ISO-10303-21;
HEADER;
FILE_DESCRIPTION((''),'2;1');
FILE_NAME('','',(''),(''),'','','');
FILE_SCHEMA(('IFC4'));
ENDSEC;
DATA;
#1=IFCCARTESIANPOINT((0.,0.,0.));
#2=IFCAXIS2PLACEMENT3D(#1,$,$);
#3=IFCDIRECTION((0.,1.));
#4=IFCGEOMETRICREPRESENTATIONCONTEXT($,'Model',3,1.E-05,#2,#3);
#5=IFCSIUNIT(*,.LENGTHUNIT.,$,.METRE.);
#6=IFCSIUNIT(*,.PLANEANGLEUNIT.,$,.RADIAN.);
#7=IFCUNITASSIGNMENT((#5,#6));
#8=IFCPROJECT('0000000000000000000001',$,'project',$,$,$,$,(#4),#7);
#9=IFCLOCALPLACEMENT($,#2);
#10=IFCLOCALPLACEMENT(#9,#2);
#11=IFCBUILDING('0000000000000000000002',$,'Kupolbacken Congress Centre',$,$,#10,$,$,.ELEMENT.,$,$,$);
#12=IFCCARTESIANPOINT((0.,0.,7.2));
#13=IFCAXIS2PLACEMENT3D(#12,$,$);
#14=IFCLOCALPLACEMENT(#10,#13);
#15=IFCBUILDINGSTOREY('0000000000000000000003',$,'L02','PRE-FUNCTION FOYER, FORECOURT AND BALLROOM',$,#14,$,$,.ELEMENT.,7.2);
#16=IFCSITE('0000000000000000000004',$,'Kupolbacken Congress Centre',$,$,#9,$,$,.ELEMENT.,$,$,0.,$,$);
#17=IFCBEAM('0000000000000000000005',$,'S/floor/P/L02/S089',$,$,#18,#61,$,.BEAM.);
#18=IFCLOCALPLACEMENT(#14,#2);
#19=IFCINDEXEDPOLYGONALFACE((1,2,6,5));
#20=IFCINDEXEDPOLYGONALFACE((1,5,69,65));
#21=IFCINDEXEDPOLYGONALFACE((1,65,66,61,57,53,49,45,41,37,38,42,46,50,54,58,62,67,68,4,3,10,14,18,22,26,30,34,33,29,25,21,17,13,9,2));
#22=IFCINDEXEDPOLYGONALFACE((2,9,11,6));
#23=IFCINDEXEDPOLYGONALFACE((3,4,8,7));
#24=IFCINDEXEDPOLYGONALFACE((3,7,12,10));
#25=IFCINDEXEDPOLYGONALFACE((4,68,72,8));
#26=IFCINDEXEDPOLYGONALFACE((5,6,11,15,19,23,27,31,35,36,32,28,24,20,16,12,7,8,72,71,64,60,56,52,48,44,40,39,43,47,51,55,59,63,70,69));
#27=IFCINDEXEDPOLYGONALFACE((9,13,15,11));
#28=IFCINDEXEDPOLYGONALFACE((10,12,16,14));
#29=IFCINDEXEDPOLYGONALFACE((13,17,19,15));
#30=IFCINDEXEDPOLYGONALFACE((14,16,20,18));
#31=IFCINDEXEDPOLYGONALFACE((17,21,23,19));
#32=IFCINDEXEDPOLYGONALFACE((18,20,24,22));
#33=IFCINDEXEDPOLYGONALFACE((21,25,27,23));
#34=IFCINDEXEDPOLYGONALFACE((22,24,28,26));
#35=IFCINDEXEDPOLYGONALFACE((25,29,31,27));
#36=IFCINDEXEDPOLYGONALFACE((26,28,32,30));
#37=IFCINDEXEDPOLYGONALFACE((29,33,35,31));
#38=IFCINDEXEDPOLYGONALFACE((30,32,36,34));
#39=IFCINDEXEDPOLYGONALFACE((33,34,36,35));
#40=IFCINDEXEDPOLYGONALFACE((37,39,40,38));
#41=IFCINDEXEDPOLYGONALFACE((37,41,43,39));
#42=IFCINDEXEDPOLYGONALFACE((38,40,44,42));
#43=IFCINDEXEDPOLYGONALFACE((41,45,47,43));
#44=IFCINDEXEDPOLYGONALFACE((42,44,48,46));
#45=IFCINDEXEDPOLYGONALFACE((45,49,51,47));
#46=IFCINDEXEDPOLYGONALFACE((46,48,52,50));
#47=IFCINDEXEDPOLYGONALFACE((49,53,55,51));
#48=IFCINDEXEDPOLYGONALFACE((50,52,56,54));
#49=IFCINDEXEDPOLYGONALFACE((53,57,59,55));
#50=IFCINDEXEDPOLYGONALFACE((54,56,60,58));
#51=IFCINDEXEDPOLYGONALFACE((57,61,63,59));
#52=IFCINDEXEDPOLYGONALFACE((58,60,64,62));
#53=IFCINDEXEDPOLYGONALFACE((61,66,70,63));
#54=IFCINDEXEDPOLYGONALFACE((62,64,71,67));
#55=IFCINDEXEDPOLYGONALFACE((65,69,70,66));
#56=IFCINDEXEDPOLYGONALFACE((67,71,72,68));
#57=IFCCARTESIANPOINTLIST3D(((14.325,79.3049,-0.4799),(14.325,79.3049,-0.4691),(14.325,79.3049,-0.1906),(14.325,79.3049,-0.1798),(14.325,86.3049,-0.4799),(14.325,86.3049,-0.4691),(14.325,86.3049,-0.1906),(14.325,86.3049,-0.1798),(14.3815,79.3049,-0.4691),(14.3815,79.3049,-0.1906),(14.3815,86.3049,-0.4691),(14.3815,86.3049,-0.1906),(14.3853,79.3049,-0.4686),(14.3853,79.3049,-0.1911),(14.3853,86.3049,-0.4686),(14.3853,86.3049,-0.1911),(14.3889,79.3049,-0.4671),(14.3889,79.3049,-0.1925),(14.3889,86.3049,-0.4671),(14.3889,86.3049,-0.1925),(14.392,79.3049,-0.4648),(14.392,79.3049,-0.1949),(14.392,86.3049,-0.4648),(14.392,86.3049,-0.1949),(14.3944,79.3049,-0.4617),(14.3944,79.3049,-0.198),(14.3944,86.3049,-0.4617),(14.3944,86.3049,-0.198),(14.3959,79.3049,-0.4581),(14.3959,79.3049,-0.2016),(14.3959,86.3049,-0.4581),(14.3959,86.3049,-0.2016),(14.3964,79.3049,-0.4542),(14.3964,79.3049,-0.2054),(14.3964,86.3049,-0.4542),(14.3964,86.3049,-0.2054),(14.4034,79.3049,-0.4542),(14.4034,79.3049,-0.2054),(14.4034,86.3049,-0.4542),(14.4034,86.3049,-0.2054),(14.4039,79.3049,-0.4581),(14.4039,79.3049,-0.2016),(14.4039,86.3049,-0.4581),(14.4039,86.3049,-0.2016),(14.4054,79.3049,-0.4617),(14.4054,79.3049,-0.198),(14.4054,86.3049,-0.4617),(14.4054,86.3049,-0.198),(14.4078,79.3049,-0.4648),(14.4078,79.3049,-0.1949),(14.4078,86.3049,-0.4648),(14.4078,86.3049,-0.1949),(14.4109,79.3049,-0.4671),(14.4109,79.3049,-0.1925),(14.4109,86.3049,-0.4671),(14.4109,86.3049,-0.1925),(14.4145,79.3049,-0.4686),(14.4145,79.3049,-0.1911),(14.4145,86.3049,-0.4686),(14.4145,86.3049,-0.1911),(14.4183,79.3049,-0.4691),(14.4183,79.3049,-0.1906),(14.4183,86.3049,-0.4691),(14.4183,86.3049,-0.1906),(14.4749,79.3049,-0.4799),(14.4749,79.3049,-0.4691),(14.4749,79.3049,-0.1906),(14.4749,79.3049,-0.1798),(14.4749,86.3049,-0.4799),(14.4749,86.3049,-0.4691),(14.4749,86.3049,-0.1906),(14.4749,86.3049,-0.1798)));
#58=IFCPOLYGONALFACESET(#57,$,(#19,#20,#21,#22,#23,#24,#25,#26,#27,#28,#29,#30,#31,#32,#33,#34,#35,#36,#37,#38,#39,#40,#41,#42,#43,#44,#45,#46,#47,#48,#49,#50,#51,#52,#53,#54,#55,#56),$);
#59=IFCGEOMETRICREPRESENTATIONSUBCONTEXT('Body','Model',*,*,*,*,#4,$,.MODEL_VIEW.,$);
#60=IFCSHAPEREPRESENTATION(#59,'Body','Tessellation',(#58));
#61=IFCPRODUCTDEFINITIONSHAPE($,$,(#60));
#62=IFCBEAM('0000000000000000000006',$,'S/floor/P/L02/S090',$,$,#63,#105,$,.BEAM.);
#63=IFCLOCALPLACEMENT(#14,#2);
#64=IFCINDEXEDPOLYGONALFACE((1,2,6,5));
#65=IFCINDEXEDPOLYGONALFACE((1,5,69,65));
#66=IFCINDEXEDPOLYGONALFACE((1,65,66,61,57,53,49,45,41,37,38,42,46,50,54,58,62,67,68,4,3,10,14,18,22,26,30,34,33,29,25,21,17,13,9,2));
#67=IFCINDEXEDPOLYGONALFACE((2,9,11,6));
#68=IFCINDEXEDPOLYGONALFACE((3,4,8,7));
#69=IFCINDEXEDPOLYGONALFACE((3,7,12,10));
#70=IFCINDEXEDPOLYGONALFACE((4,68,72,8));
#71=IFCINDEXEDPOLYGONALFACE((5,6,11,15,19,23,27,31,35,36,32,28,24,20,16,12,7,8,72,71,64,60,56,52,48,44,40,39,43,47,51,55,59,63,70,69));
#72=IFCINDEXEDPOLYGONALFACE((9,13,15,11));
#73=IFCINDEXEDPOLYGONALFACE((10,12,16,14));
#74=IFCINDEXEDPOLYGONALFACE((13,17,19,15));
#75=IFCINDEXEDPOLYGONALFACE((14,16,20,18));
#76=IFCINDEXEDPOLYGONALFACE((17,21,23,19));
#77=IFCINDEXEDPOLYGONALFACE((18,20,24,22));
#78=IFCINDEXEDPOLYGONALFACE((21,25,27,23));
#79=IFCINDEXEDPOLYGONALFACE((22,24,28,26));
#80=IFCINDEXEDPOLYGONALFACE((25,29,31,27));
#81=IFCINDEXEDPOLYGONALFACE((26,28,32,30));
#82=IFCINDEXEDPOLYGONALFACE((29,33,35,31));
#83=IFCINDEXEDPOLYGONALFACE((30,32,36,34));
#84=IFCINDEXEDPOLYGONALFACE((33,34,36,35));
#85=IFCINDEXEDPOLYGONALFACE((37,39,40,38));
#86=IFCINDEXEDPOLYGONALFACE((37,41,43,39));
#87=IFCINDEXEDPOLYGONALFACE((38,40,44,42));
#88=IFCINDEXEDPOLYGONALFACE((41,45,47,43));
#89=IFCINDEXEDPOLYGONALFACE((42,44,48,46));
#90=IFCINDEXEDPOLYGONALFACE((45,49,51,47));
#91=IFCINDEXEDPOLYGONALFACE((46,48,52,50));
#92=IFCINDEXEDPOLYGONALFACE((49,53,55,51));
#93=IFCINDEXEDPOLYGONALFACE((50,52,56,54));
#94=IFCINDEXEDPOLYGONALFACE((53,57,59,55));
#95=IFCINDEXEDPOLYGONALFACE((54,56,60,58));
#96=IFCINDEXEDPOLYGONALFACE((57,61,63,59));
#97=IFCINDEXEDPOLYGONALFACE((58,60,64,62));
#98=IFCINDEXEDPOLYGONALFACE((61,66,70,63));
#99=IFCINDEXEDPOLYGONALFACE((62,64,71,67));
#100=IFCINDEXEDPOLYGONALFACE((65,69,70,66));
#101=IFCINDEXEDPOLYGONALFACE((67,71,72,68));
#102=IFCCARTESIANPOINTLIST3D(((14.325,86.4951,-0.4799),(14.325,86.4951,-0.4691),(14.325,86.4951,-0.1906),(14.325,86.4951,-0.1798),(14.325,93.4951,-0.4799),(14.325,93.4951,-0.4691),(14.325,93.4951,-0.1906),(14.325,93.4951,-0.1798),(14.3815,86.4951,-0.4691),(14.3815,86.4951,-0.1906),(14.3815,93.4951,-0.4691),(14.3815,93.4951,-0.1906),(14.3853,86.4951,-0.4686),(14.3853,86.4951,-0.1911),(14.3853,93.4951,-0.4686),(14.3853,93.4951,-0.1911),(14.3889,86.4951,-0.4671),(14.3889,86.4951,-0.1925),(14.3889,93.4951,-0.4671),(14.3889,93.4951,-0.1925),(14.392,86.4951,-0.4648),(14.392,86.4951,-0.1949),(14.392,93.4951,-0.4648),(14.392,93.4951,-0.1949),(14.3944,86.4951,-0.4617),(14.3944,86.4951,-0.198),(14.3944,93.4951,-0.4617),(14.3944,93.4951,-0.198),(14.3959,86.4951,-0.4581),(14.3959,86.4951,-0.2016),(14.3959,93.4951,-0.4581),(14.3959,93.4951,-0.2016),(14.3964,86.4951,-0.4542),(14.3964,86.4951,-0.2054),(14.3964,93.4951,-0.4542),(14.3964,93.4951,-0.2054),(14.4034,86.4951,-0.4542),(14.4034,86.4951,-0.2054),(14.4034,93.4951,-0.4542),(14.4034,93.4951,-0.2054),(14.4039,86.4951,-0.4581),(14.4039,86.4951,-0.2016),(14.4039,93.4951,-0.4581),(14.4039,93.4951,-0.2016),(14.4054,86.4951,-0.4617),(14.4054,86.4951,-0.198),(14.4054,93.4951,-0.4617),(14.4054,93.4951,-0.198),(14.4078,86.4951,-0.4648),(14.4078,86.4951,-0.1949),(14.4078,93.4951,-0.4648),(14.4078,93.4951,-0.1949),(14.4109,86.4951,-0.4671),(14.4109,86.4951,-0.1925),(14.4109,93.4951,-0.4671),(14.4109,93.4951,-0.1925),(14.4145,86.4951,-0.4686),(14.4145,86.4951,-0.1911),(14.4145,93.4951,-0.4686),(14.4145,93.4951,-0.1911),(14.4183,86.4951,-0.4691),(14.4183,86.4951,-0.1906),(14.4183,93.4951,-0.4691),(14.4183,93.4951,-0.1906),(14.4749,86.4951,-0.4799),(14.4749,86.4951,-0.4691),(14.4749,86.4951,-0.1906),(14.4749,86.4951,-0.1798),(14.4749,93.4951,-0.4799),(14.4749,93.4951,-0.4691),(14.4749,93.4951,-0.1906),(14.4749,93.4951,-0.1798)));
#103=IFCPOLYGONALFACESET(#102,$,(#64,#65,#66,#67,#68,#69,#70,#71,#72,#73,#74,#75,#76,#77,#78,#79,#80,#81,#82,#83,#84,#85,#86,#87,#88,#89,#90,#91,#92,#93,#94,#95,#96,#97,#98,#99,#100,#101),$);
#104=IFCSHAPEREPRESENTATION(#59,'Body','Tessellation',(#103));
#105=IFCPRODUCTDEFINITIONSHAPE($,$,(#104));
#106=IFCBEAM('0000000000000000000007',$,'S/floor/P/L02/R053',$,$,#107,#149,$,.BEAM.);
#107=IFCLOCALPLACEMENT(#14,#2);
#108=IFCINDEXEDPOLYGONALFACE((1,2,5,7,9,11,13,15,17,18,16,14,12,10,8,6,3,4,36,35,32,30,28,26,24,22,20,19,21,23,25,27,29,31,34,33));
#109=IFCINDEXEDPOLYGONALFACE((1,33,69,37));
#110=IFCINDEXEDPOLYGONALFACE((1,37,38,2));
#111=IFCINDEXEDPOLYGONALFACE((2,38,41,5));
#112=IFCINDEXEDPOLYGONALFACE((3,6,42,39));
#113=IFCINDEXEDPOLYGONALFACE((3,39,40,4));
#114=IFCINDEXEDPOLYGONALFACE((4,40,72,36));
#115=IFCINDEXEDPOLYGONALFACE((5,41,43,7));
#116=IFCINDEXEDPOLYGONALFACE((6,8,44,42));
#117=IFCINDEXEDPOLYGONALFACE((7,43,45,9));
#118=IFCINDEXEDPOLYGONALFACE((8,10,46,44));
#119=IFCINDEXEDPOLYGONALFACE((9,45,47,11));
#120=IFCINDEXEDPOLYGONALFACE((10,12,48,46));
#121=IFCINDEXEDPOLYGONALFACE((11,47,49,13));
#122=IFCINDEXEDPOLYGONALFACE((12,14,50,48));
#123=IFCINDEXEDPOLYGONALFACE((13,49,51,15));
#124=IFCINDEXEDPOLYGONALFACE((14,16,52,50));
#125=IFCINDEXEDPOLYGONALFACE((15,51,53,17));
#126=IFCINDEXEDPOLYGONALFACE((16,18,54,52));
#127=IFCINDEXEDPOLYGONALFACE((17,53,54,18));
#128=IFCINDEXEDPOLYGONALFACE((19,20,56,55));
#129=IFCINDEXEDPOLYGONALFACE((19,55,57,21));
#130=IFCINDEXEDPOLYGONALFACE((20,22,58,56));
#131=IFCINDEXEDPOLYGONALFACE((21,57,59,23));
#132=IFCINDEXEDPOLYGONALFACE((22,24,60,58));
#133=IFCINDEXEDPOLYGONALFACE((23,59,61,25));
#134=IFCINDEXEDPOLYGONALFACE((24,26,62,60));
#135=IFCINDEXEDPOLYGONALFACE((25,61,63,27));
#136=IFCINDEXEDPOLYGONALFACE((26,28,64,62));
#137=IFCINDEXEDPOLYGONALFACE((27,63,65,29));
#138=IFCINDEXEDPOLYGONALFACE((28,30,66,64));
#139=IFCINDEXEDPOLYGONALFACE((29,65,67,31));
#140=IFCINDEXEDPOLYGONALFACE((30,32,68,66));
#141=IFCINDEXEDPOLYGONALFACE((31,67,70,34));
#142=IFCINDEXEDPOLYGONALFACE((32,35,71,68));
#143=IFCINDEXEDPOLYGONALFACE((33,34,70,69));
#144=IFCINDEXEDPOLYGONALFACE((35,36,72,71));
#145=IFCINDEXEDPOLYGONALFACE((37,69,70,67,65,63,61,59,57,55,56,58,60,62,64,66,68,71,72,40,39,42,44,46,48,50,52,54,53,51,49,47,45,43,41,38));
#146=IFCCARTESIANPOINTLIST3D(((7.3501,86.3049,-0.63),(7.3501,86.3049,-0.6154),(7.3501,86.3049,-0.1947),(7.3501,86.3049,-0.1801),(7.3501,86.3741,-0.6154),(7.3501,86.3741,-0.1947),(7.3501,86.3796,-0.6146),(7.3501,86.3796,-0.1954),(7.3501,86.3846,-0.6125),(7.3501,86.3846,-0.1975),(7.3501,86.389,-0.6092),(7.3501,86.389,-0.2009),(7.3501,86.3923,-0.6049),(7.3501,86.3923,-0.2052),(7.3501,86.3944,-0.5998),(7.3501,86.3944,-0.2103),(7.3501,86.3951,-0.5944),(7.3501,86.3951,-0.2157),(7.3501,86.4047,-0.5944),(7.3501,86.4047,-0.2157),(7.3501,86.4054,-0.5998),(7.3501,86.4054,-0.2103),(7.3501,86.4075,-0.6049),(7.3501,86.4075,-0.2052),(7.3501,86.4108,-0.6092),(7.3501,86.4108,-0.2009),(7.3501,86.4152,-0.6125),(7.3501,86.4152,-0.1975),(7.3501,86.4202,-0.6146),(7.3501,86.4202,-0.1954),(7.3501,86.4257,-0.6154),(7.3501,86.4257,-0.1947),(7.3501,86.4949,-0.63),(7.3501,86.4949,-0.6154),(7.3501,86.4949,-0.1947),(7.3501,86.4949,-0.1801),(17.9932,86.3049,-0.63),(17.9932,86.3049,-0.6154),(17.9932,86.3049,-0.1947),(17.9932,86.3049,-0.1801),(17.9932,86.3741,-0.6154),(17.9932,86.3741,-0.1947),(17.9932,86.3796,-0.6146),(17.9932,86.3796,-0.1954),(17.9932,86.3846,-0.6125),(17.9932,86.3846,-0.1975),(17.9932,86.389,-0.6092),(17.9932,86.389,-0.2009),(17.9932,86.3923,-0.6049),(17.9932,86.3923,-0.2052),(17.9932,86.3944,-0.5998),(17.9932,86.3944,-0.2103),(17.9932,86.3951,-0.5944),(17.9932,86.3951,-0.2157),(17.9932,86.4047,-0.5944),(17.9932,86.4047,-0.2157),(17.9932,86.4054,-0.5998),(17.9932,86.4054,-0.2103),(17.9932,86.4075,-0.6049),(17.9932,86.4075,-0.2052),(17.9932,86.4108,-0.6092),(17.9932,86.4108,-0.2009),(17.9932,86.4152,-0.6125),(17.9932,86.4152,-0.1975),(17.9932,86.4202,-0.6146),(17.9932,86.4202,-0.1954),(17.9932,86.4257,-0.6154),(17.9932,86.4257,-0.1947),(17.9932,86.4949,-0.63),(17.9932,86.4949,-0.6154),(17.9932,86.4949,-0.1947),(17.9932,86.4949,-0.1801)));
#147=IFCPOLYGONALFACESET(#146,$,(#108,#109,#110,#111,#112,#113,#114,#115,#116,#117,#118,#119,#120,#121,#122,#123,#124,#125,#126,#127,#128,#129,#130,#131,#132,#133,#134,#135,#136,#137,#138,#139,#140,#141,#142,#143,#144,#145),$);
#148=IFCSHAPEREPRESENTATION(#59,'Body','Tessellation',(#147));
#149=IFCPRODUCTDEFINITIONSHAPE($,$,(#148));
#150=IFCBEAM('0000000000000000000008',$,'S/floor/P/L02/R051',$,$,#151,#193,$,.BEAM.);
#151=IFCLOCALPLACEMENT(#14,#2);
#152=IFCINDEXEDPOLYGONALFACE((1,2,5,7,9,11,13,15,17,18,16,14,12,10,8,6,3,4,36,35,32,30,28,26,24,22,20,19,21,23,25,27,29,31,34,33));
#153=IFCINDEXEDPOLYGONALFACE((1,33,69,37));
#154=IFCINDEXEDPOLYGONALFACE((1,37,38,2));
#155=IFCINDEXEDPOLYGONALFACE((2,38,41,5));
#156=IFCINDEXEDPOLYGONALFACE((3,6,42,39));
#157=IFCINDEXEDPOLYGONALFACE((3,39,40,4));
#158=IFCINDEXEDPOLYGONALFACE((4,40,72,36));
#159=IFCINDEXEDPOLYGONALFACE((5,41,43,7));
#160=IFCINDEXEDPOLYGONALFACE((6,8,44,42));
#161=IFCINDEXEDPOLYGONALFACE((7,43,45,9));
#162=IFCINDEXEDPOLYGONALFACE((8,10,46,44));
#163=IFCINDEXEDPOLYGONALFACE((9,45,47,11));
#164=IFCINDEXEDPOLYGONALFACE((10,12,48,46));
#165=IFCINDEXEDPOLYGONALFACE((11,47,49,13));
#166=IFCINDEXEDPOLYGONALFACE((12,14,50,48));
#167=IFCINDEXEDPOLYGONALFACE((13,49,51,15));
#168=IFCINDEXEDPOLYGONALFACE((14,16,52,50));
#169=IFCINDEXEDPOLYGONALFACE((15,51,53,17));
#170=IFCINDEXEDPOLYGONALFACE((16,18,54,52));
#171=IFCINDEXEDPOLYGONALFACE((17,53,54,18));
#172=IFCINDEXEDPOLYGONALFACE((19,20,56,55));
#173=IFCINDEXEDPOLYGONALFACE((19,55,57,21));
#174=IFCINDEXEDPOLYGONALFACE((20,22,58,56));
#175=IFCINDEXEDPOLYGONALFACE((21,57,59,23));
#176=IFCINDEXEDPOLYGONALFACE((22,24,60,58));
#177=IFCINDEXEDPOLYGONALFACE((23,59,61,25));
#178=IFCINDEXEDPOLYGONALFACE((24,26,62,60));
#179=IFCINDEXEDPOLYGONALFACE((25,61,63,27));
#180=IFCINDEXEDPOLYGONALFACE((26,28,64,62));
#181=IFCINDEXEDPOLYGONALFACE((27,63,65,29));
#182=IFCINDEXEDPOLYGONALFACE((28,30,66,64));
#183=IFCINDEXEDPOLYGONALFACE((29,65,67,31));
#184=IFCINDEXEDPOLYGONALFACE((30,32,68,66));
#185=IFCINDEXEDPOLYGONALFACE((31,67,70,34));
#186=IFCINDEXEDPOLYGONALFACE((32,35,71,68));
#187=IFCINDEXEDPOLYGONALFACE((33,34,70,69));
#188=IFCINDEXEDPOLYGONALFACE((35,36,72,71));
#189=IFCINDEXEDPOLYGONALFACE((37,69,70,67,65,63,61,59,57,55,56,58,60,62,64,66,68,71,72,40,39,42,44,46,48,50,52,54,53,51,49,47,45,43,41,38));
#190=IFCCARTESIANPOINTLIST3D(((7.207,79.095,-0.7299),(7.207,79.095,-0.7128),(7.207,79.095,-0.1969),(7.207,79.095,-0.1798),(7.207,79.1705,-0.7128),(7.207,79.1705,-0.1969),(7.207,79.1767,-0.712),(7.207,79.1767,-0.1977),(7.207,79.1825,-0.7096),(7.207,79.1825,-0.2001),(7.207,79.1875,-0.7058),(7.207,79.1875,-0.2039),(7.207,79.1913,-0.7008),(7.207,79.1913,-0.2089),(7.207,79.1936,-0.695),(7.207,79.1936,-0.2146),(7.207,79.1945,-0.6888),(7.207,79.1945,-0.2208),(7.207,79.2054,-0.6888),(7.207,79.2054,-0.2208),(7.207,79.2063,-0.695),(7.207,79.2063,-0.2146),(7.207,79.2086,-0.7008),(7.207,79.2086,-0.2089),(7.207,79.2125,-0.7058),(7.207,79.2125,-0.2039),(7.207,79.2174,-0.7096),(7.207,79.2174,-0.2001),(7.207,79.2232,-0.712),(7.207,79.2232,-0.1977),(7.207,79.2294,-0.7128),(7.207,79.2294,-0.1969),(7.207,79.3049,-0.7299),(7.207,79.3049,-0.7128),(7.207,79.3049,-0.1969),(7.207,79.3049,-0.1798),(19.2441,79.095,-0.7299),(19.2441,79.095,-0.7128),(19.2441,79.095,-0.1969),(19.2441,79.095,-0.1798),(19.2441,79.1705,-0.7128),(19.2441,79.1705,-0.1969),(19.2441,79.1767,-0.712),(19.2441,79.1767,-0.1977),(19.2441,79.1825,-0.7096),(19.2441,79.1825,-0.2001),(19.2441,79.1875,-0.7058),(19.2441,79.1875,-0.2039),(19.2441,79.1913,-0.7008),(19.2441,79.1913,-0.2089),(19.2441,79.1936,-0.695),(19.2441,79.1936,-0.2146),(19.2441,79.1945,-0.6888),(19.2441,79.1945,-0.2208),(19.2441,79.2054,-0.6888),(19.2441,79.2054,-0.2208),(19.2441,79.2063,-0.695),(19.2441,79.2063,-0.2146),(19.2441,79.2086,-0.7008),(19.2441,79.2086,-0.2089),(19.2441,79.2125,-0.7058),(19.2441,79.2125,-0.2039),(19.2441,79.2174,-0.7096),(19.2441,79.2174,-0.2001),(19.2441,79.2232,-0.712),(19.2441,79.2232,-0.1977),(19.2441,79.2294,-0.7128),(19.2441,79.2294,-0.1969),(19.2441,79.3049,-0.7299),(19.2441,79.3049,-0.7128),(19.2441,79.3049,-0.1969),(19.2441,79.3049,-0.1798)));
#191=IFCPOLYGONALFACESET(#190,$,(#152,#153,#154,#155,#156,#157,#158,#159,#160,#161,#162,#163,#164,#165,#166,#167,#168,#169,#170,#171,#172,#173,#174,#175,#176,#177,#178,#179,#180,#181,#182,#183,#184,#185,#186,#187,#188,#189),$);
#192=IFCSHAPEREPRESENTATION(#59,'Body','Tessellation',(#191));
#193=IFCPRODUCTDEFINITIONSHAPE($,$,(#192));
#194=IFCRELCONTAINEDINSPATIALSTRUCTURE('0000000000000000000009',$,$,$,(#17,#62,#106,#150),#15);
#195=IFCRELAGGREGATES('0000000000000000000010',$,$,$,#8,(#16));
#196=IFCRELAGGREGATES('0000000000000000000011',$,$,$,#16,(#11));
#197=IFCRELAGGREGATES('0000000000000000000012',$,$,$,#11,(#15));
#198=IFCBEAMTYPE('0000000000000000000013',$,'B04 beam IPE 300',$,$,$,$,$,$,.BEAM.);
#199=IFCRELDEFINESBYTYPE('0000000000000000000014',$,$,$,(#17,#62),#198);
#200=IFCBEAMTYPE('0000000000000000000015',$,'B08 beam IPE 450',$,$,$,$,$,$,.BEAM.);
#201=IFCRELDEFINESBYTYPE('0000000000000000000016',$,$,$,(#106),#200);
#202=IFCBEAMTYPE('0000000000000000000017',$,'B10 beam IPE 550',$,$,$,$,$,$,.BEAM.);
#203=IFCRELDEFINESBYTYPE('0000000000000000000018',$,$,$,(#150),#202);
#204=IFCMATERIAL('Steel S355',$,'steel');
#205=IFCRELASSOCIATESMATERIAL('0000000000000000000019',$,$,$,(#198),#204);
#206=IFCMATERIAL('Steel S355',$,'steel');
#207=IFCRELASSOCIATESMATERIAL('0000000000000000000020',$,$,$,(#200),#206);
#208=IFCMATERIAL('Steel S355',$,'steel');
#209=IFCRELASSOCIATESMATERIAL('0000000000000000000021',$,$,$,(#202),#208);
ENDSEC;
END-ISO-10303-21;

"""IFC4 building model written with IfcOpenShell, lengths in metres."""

from ifc_helpers import new_model, si_unit, direction, frame, origin, origin_2d, place, context, subcontext, project, spatial, i_section, extrude, material, material_profile, profile_set, type_object, element, save


model = new_model("IFC4")

# Units and contexts
model_context = context("Model", 3, precision=1e-05, world=origin(), true_north=direction((0.0, 1.0)))
body_context = subcontext(model_context, "Body", "Model", "MODEL_VIEW")
ifc_project = project(units=[si_unit("LENGTHUNIT", "METRE"), si_unit("PLANEANGLEUNIT", "RADIAN")], contexts=[model_context])

# Site, building, storey
site_placement = place(None, origin())
site = spatial("IfcSite", under=ifc_project, at=site_placement, Name="Kupolbacken Congress Centre", CompositionType="ELEMENT", RefElevation=0.0)
building_placement = place(site_placement, origin())
building = spatial("IfcBuilding", under=site, at=building_placement, Name="Kupolbacken Congress Centre", CompositionType="ELEMENT")
storey_placement = place(building_placement, frame((0.0, 0.0, 7.2)))
storey = spatial("IfcBuildingStorey", under=building, at=storey_placement, Name="L02", Description="PRE-FUNCTION FOYER, FORECOURT AND BALLROOM", CompositionType="ELEMENT", Elevation=7.2)

# Beams
ifc_material_1 = material(Name="Steel S355", Category="steel")
ifc_material_profile_1 = material_profile(ifc_material_1, i_section(OverallWidth=0.1499, OverallDepth=0.3, WebThickness=0.0071, FlangeThickness=0.0107, FilletRadius=0.0149, at=origin_2d()), Name="IPE 300")
ifc_profile_set_1 = profile_set([ifc_material_profile_1], Name="Steel S355")
beam_type_1 = type_object("IfcBeamType", Name="B04 beam IPE 300", PredefinedType="BEAM", material=ifc_profile_set_1)
for number, where, z_axis, x_axis, name in (
    (1, (14.3999, 79.3049, -0.3298), (0.0, 1.0, 0.0), (-1.0, 0.0, 0.0), "S/floor/P/L02/S089"),
    (2, (14.3999, 86.4951, -0.3298), (0.0, 1.0, 0.0), (-1.0, 0.0, 0.0), "S/floor/P/L02/S090"),
):
    element("IfcBeam", number, at=place(storey_placement, frame(where, z_axis=z_axis, x_axis=x_axis)), inside=storey, type_object=beam_type_1, Name=name, PredefinedType="BEAM", context=body_context, shape_type="SweptSolid", body=[
        extrude(i_section(OverallWidth=0.1499, OverallDepth=0.3, WebThickness=0.0071, FlangeThickness=0.0107, FilletRadius=0.0149, at=origin_2d()), origin(), (0.0, 0.0, 1.0), 7.0),
    ])
ifc_material_2 = material(Name="Steel S355", Category="steel")
ifc_material_profile_2 = material_profile(ifc_material_2, i_section(OverallWidth=0.1899, OverallDepth=0.45, WebThickness=0.0095, FlangeThickness=0.0146, FilletRadius=0.021, at=origin_2d()), Name="IPE 450")
ifc_profile_set_2 = profile_set([ifc_material_profile_2], Name="Steel S355")
beam_type_2 = type_object("IfcBeamType", Name="B08 beam IPE 450", PredefinedType="BEAM", material=ifc_profile_set_2)
beam_1_placement = place(storey_placement, frame((7.3501, 86.3999, -0.405), z_axis=(1.0, 0.0, 0.0), x_axis=(0.0, 1.0, 0.0)))
element("IfcBeam", 3, at=beam_1_placement, inside=storey, type_object=beam_type_2, Name="S/floor/P/L02/R053", PredefinedType="BEAM", context=body_context, shape_type="SweptSolid", body=[
    extrude(i_section(OverallWidth=0.1899, OverallDepth=0.45, WebThickness=0.0095, FlangeThickness=0.0146, FilletRadius=0.021, at=origin_2d()), origin(), (0.0, 0.0, 1.0), 10.6431),
])
ifc_material_3 = material(Name="Steel S355", Category="steel")
ifc_material_profile_3 = material_profile(ifc_material_3, i_section(OverallWidth=0.21, OverallDepth=0.55, WebThickness=0.011, FlangeThickness=0.0171, FilletRadius=0.0239, at=origin_2d()), Name="IPE 550")
ifc_profile_set_3 = profile_set([ifc_material_profile_3], Name="Steel S355")
beam_type_3 = type_object("IfcBeamType", Name="B10 beam IPE 550", PredefinedType="BEAM", material=ifc_profile_set_3)
for number, where, z_axis, x_axis, name in (
    (4, (7.207, 79.2, -0.4548), (1.0, 0.0, 0.0), (0.0, 1.0, 0.0), "S/floor/P/L02/R051"),
):
    element("IfcBeam", number, at=place(storey_placement, frame(where, z_axis=z_axis, x_axis=x_axis)), inside=storey, type_object=beam_type_3, Name=name, PredefinedType="BEAM", context=body_context, shape_type="SweptSolid", body=[
        extrude(i_section(OverallWidth=0.21, OverallDepth=0.55, WebThickness=0.011, FlangeThickness=0.0171, FilletRadius=0.0239, at=origin_2d()), origin(), (0.0, 0.0, 1.0), 12.0371),
    ])

save(model, "model.ifc")
